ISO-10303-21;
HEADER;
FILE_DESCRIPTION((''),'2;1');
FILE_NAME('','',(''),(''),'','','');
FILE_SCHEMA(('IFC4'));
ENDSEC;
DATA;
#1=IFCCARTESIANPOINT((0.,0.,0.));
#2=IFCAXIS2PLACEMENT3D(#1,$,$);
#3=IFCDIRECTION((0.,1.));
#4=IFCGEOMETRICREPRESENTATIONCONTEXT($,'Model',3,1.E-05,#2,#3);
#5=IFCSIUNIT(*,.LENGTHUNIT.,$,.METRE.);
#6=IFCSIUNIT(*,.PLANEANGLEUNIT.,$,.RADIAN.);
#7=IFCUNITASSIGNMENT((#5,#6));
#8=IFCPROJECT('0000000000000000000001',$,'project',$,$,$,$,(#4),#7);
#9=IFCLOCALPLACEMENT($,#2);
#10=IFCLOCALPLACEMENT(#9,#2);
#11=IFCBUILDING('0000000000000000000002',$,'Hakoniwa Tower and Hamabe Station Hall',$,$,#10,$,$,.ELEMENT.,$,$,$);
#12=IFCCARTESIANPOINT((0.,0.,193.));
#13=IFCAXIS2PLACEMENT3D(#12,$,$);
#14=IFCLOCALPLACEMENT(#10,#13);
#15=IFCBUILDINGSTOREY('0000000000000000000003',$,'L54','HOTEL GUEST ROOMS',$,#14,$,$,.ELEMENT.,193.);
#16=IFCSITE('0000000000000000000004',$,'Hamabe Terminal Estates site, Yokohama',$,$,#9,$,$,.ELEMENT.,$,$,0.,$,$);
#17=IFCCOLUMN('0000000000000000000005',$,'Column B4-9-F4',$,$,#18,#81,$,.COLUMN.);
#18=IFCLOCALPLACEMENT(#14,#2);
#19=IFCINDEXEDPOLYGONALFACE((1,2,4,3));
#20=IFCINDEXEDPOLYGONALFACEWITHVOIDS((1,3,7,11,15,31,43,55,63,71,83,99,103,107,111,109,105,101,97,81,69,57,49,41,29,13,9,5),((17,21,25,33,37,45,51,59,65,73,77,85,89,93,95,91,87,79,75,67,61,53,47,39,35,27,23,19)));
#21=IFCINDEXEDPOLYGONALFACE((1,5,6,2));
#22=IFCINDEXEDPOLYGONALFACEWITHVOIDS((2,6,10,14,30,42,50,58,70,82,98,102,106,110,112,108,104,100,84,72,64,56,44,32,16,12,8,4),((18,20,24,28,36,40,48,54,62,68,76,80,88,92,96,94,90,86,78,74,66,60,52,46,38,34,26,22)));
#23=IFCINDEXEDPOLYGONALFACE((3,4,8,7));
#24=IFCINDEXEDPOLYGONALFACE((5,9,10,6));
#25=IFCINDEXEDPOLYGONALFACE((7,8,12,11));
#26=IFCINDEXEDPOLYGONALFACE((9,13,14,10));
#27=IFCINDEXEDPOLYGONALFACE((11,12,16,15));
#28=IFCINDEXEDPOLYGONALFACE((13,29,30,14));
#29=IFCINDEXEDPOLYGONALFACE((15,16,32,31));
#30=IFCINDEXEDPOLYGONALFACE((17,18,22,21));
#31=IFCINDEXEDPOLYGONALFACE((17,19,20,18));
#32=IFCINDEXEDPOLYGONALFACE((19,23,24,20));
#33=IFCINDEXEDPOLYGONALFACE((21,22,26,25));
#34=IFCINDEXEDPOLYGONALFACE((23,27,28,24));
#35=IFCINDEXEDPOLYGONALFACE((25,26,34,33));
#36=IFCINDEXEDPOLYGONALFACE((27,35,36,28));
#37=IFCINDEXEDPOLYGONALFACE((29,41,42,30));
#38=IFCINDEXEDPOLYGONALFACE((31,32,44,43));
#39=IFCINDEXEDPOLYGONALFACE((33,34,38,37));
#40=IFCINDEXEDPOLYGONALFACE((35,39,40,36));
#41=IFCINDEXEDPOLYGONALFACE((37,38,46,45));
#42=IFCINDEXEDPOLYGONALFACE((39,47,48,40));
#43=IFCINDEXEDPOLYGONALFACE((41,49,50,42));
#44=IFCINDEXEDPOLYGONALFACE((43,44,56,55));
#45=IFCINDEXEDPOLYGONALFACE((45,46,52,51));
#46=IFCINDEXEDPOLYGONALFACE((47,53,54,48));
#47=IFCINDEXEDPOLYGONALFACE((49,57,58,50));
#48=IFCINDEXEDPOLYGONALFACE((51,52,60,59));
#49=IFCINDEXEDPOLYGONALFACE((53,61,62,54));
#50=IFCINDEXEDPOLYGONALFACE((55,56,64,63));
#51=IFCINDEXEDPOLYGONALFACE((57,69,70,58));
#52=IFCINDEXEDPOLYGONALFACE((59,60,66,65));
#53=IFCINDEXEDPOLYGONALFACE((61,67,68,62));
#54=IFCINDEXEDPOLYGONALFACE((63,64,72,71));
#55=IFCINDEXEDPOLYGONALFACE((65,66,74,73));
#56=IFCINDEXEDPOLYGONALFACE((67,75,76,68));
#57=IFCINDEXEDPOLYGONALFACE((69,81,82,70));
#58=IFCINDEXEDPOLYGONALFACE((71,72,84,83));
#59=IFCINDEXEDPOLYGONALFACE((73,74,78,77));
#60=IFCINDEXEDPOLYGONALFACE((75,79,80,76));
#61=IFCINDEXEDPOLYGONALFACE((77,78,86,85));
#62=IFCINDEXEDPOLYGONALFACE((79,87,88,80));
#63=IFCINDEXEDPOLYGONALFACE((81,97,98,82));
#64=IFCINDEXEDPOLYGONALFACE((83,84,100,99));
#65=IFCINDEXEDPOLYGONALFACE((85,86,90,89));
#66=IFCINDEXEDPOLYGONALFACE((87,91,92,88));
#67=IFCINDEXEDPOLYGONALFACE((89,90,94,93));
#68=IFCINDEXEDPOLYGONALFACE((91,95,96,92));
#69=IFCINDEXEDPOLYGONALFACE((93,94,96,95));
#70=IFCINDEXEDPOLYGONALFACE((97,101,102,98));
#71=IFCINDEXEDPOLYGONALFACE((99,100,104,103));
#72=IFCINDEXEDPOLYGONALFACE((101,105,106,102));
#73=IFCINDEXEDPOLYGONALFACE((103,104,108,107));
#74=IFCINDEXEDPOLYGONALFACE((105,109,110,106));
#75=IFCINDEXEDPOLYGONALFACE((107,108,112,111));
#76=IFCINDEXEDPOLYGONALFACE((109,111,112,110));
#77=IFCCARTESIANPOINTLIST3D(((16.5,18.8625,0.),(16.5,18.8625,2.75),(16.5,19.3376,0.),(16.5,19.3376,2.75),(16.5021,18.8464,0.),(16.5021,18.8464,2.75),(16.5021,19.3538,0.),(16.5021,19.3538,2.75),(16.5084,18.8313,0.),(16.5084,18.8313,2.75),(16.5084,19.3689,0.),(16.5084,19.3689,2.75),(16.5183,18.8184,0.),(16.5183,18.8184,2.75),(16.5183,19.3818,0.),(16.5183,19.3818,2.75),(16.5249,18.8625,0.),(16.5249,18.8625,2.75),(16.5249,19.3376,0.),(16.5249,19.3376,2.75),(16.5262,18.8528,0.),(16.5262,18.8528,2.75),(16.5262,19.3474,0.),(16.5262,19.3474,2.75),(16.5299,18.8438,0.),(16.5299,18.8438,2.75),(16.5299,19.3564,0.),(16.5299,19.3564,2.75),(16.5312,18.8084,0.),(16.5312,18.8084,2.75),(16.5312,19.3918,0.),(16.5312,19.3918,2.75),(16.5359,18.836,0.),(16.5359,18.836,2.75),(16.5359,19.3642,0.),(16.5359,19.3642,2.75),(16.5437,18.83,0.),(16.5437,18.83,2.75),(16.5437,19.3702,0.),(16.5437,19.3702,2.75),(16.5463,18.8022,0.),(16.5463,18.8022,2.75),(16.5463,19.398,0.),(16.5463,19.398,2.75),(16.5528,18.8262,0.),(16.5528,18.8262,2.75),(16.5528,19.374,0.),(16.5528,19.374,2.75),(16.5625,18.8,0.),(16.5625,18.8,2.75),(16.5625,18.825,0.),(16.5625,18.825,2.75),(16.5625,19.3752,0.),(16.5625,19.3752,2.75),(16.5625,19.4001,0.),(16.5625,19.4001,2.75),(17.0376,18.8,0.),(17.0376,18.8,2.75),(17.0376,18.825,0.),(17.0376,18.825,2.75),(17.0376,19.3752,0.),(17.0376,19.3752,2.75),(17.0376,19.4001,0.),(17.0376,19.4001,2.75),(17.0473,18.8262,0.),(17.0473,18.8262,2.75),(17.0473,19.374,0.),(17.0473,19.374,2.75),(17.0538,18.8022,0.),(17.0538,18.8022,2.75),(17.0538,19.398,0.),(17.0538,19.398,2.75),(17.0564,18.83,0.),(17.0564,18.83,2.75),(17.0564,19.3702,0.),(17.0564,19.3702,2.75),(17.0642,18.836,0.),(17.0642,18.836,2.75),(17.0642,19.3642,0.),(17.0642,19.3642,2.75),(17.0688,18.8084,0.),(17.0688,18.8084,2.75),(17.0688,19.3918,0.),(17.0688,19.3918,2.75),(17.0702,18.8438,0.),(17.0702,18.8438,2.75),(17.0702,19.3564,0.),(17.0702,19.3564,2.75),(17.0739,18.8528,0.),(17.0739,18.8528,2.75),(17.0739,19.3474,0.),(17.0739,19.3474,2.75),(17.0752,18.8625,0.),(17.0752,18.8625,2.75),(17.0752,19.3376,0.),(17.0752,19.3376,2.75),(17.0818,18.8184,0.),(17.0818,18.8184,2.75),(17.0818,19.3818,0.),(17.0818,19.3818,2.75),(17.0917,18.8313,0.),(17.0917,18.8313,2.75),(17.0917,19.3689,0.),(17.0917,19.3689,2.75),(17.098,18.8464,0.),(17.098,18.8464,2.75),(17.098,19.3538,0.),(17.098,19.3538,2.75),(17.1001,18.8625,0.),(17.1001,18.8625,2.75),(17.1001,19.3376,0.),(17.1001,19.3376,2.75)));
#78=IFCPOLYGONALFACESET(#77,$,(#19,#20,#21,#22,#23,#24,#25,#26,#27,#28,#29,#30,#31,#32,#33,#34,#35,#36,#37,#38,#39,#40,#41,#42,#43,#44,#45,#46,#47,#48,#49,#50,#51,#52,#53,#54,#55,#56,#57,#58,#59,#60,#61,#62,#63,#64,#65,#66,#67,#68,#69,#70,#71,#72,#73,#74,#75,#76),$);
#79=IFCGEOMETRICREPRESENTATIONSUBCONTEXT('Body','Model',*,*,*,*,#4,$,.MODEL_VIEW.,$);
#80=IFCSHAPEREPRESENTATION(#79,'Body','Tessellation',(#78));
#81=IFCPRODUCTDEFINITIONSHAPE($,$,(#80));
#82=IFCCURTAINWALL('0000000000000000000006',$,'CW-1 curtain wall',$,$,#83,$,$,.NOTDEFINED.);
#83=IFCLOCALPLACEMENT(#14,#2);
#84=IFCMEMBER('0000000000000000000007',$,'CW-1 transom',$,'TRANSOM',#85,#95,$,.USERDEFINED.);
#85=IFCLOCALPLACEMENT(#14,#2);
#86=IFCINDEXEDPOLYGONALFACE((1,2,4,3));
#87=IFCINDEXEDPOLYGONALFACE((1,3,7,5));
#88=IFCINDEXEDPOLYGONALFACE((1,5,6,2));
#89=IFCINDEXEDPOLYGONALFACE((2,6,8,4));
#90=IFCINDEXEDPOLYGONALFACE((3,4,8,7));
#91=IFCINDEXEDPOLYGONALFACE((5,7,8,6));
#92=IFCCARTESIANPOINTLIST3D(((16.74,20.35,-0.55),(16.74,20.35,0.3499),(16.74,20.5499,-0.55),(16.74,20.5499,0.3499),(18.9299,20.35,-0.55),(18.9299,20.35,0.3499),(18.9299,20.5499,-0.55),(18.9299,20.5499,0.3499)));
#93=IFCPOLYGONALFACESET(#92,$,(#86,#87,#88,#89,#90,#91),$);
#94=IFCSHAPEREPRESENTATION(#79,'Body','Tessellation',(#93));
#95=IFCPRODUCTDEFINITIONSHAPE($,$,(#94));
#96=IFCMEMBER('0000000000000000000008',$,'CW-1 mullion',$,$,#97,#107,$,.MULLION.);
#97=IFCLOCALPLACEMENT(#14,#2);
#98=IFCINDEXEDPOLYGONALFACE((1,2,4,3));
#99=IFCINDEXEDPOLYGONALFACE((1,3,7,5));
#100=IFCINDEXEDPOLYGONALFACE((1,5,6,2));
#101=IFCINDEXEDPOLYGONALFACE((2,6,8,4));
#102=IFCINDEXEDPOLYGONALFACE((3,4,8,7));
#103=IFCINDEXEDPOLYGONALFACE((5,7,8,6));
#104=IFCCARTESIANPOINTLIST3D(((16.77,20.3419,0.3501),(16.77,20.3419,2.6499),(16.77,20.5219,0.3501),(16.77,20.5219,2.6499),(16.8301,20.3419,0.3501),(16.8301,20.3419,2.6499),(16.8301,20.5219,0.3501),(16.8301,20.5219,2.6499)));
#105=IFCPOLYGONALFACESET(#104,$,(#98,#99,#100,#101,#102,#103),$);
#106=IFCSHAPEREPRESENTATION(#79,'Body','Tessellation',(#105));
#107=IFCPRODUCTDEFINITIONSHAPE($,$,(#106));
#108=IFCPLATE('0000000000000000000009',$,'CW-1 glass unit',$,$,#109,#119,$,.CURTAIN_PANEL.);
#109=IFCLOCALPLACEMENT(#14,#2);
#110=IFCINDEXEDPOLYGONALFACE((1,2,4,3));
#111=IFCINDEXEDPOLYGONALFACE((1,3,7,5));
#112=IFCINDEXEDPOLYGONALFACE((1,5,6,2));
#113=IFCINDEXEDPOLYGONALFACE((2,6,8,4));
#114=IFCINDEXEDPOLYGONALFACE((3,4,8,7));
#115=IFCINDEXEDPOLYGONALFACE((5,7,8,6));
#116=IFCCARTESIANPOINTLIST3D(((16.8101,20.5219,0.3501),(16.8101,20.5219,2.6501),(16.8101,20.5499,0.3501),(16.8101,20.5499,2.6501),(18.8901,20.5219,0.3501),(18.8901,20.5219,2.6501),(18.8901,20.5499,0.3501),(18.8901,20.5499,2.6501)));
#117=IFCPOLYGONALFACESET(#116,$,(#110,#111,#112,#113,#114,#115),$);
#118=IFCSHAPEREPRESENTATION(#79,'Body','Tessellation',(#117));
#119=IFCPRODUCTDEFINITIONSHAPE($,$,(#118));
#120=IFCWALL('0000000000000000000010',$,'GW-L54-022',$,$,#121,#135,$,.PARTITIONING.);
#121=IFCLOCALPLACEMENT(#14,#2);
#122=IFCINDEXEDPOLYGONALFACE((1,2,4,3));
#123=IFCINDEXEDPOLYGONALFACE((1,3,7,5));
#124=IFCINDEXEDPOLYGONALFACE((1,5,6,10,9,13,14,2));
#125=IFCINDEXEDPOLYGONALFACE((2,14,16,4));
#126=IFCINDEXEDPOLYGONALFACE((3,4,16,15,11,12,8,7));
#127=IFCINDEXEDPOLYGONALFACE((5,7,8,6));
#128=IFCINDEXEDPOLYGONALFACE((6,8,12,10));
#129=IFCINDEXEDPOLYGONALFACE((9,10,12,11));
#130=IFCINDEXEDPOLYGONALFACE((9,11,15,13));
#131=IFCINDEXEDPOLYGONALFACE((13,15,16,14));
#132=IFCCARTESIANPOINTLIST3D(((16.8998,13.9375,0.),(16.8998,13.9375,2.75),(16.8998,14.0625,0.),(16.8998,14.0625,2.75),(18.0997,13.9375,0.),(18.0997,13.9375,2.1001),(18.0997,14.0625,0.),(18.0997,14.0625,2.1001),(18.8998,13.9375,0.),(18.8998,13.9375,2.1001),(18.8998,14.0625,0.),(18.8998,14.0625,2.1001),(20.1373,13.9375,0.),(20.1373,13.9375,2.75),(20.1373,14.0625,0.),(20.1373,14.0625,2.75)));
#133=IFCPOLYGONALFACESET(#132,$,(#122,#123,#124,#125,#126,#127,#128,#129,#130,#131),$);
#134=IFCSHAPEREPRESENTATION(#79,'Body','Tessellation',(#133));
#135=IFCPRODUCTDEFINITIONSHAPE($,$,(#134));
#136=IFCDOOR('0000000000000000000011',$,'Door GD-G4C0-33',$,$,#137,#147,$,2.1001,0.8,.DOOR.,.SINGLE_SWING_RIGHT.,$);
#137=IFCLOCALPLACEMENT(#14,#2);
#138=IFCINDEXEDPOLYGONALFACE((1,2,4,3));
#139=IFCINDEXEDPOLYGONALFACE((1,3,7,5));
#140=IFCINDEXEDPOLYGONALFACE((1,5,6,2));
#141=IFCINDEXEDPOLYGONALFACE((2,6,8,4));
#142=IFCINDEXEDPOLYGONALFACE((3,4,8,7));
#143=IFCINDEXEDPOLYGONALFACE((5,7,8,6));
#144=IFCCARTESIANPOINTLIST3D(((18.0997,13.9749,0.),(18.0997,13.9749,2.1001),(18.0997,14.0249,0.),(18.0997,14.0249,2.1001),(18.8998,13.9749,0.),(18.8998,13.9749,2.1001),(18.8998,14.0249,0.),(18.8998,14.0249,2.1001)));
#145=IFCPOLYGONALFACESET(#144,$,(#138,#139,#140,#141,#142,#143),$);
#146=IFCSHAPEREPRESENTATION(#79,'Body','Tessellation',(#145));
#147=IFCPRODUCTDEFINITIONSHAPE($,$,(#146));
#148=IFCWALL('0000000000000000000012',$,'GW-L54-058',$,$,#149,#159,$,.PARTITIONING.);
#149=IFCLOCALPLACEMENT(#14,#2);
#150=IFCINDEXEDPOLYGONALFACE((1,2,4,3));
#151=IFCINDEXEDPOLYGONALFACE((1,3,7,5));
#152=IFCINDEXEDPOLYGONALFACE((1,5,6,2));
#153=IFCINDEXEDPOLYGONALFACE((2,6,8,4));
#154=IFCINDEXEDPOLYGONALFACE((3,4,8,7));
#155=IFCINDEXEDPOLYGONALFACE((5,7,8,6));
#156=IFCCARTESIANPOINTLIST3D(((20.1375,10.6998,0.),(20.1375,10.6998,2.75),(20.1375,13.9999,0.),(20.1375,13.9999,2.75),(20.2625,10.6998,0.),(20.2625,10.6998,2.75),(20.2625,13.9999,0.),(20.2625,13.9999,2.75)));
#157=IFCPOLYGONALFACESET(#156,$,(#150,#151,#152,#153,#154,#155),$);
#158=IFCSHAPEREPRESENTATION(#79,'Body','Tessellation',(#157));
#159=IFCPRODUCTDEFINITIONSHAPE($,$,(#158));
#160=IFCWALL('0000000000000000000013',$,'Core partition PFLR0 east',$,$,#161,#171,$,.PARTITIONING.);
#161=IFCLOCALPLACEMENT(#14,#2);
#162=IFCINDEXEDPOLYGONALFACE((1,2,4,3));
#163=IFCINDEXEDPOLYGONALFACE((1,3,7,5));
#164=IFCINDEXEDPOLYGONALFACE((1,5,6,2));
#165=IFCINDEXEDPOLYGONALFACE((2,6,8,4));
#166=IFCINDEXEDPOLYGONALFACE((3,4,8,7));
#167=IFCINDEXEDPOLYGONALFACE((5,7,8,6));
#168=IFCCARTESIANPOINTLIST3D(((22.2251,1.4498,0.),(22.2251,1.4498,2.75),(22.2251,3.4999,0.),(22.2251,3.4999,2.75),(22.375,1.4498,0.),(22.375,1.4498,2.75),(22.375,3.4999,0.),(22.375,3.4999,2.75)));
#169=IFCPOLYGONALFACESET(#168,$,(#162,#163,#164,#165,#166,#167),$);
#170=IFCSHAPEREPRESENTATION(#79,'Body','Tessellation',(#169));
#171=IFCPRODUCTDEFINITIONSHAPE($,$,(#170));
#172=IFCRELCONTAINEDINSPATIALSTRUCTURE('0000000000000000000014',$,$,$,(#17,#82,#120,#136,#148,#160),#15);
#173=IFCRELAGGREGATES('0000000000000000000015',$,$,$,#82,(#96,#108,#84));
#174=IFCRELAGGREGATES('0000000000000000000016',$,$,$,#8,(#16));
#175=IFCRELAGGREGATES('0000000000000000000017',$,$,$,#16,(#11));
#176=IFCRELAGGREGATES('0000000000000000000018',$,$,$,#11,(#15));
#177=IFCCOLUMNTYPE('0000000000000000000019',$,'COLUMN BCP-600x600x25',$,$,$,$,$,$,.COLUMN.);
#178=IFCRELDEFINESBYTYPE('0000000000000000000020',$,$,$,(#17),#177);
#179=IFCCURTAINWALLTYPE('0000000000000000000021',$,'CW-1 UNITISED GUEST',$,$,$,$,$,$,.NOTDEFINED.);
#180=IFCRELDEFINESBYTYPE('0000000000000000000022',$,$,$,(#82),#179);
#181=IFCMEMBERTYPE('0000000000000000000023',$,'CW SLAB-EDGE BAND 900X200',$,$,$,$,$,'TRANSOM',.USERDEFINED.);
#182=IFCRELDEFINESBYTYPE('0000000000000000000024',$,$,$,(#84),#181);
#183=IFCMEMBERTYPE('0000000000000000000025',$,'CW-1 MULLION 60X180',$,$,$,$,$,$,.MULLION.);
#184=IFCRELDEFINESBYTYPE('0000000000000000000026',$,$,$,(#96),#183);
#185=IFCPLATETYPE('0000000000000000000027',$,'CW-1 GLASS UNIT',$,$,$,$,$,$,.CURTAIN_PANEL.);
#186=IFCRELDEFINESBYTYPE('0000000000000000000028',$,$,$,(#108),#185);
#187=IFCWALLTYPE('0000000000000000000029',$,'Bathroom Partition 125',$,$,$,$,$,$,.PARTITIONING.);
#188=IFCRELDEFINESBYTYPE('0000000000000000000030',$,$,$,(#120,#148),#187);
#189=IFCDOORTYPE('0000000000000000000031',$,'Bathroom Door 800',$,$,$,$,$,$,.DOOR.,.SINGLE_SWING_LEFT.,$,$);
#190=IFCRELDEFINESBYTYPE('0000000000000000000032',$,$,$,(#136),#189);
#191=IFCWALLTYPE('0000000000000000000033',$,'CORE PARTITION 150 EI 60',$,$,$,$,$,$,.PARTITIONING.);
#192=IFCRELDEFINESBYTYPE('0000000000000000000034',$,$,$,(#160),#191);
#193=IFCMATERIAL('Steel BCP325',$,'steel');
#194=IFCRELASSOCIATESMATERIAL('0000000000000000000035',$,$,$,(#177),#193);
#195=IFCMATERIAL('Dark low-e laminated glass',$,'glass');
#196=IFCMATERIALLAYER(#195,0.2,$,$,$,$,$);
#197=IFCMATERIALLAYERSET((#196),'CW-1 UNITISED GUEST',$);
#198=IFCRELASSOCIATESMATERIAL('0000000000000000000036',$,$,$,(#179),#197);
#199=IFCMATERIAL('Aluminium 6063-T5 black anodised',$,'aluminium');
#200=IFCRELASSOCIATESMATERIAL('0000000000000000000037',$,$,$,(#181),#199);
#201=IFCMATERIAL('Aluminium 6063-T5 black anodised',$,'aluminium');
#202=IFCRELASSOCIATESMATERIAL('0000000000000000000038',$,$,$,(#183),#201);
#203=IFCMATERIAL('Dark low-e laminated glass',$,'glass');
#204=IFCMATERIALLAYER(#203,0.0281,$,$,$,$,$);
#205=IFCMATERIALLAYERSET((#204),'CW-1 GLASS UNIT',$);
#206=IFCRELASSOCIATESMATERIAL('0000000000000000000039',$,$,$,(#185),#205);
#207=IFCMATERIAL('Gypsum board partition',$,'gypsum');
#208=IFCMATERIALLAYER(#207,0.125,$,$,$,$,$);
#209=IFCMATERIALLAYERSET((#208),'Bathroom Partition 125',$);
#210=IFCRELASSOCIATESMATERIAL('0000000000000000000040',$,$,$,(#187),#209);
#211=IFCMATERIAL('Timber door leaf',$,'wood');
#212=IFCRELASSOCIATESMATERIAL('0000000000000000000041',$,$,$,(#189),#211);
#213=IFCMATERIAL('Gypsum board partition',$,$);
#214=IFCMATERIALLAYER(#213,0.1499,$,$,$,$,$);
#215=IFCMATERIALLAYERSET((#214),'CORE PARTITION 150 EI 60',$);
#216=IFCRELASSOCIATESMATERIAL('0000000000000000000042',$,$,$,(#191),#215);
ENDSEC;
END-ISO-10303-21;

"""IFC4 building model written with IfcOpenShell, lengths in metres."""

from ifc_helpers import new_model, si_unit, direction, frame, frame_2d, origin, origin_2d, place, context, subcontext, project, spatial, rectangle, hollow_rectangle, extrude, material, layer, layer_set, material_profile, profile_set, type_object, element, fill, aggregate, save


model = new_model("IFC4")

# Units and contexts
model_context = context("Model", 3, precision=1e-05, world=origin(), true_north=direction((0.0, 1.0)))
body_context = subcontext(model_context, "Body", "Model", "MODEL_VIEW")
ifc_project = project(units=[si_unit("LENGTHUNIT", "METRE"), si_unit("PLANEANGLEUNIT", "RADIAN")], contexts=[model_context])

# Site, building, storey
site_placement = place(None, origin())
site = spatial("IfcSite", under=ifc_project, at=site_placement, Name="Hamabe Terminal Estates site, Yokohama", CompositionType="ELEMENT", RefElevation=0.0)
building_placement = place(site_placement, origin())
building = spatial("IfcBuilding", under=site, at=building_placement, Name="Hakoniwa Tower and Hamabe Station Hall", CompositionType="ELEMENT")
storey_placement = place(building_placement, frame((0.0, 0.0, 193.0)))
storey = spatial("IfcBuildingStorey", under=building, at=storey_placement, Name="L54", Description="HOTEL GUEST ROOMS", CompositionType="ELEMENT", Elevation=193.0)

# Column
ifc_material_1 = material(Name="Steel BCP325", Category="steel")
ifc_material_profile_1 = material_profile(ifc_material_1, hollow_rectangle(XDim=0.6001, YDim=0.6001, WallThickness=0.0249, InnerFilletRadius=0.0376, OuterFilletRadius=0.0625, at=origin_2d()), Name="BCP-600x600x25")
ifc_profile_set_1 = profile_set([ifc_material_profile_1], Name="Steel BCP325")
column_type = type_object("IfcColumnType", Name="COLUMN BCP-600x600x25", PredefinedType="COLUMN", material=ifc_profile_set_1)
column_placement = place(storey_placement, frame((16.8, 19.1001, 0.0), z_axis=(0.0, 0.0, 1.0), x_axis=(1.0, 0.0, 0.0)))
element("IfcColumn", 1, at=column_placement, inside=storey, type_object=column_type, Name="Column B4-9-F4", PredefinedType="COLUMN", context=body_context, shape_type="SweptSolid", body=[
    extrude(hollow_rectangle(XDim=0.6001, YDim=0.6001, WallThickness=0.0249, InnerFilletRadius=0.0376, OuterFilletRadius=0.0625, at=origin_2d()), origin(), (0.0, 0.0, 1.0), 2.75),
])

# Curtain wall, members, plate
ifc_material_2 = material(Name="Dark low-e laminated glass", Category="glass")
ifc_layer_1 = layer(ifc_material_2, 0.2)
ifc_layer_set_1 = layer_set([ifc_layer_1], Name="CW-1 UNITISED GUEST")
curtain_wall_type = type_object("IfcCurtainWallType", Name="CW-1 UNITISED GUEST", PredefinedType="NOTDEFINED", material=ifc_layer_set_1)
curtain_wall_placement = place(storey_placement, origin())
curtain_wall = element("IfcCurtainWall", 2, at=curtain_wall_placement, inside=storey, type_object=curtain_wall_type, Name="CW-1 curtain wall", PredefinedType="NOTDEFINED")
ifc_material_3 = material(Name="Aluminium 6063-T5 black anodised", Category="aluminium")
ifc_material_profile_2 = material_profile(ifc_material_3, rectangle(XDim=0.2, YDim=0.8999, at=origin_2d()), Name="CW SLAB-EDGE BAND 900X200")
ifc_profile_set_2 = profile_set([ifc_material_profile_2], Name="Aluminium 6063-T5 black anodised")
member_type_1 = type_object("IfcMemberType", Name="CW SLAB-EDGE BAND 900X200", ElementType="TRANSOM", PredefinedType="USERDEFINED", material=ifc_profile_set_2)
member_1_placement = place(storey_placement, frame((18.9299, 20.45, -0.1001), z_axis=(-1.0, 0.0, 0.0), x_axis=(0.0, -1.0, 0.0)))
member_1 = element("IfcMember", 3, at=member_1_placement, type_object=member_type_1, Name="CW-1 transom", ObjectType="TRANSOM", PredefinedType="USERDEFINED", context=body_context, shape_type="SweptSolid", body=[
    extrude(rectangle(XDim=0.2, YDim=0.8999, at=origin_2d()), origin(), (0.0, 0.0, 1.0), 2.1899),
])
ifc_material_4 = material(Name="Aluminium 6063-T5 black anodised", Category="aluminium")
ifc_material_profile_3 = material_profile(ifc_material_4, rectangle(XDim=0.0601, YDim=0.1799, at=origin_2d()), Name="CW-1 MULLION 60X180")
ifc_profile_set_3 = profile_set([ifc_material_profile_3], Name="Aluminium 6063-T5 black anodised")
member_type_2 = type_object("IfcMemberType", Name="CW-1 MULLION 60X180", PredefinedType="MULLION", material=ifc_profile_set_3)
member_2_placement = place(storey_placement, frame((16.8, 20.4319, 0.3501), z_axis=(0.0, 0.0, 1.0), x_axis=(-1.0, 0.0, 0.0)))
member_2 = element("IfcMember", 4, at=member_2_placement, type_object=member_type_2, Name="CW-1 mullion", PredefinedType="MULLION", context=body_context, shape_type="SweptSolid", body=[
    extrude(rectangle(XDim=0.0601, YDim=0.1799, at=origin_2d()), origin(), (0.0, 0.0, 1.0), 2.2998),
])
ifc_material_5 = material(Name="Dark low-e laminated glass", Category="glass")
ifc_layer_2 = layer(ifc_material_5, 0.0281)
ifc_layer_set_2 = layer_set([ifc_layer_2], Name="CW-1 GLASS UNIT")
plate_type = type_object("IfcPlateType", Name="CW-1 GLASS UNIT", PredefinedType="CURTAIN_PANEL", material=ifc_layer_set_2)
plate_placement = place(storey_placement, frame((17.8501, 20.5359, 0.3501), z_axis=(0.0, 0.0, 1.0), x_axis=(-1.0, 0.0, 0.0)))
plate = element("IfcPlate", 5, at=plate_placement, type_object=plate_type, Name="CW-1 glass unit", PredefinedType="CURTAIN_PANEL", context=body_context, shape_type="SweptSolid", body=[
    extrude(rectangle(XDim=2.0801, YDim=0.0281, at=origin_2d()), origin(), (0.0, 0.0, 1.0), 2.3),
])

# Wall, opening, door
ifc_material_6 = material(Name="Gypsum board partition", Category="gypsum")
ifc_layer_3 = layer(ifc_material_6, 0.125)
ifc_layer_set_3 = layer_set([ifc_layer_3], Name="Bathroom Partition 125")
wall_type_1 = type_object("IfcWallType", Name="Bathroom Partition 125", PredefinedType="PARTITIONING", material=ifc_layer_set_3)
wall_1_placement = place(storey_placement, frame((16.8999, 14.0, 0.0), z_axis=(0.0, 0.0, 1.0), x_axis=(1.0, 0.0, 0.0)))
wall_1 = element("IfcWall", 6, at=wall_1_placement, inside=storey, type_object=wall_type_1, Name="GW-L54-022", PredefinedType="PARTITIONING", context=body_context, shape_type="SweptSolid", body=[
    extrude(rectangle(XDim=3.2375, YDim=0.125, at=frame_2d((1.6187, 0.0))), origin(), (0.0, 0.0, 1.0), 2.75),
])
opening_1_placement = place(wall_1_placement, frame((1.2, 0.0, 0.0)))
opening_1 = element("IfcOpeningElement", 7, at=opening_1_placement, cuts=wall_1, PredefinedType="OPENING", context=body_context, shape_type="SweptSolid", body=[
    extrude(rectangle(XDim=0.8, YDim=2.1001, at=frame_2d((0.3999, 1.05))), frame((0.0, 0.0725, 0.0), z_axis=(0.0, -1.0, 0.0), x_axis=(1.0, 0.0, 0.0)), (0.0, 0.0, 1.0), 0.145),
])
ifc_material_7 = material(Name="Timber door leaf", Category="wood")
door_type_1 = type_object("IfcDoorType", Name="Bathroom Door 800", OperationType="SINGLE_SWING_LEFT", PredefinedType="DOOR", material=ifc_material_7)
door_1_placement = place(opening_1_placement, origin())
door_1 = element("IfcDoor", 8, at=door_1_placement, inside=storey, type_object=door_type_1, Name="Door GD-G4C0-33", OperationType="SINGLE_SWING_RIGHT", OverallHeight=2.1001, OverallWidth=0.8, PredefinedType="DOOR", context=body_context, shape_type="SweptSolid", body=[
    extrude(rectangle(XDim=0.8, YDim=2.1001, at=frame_2d((0.3999, 1.05))), frame((0.0, 0.0249, 0.0), z_axis=(0.0, -1.0, 0.0), x_axis=(1.0, 0.0, 0.0)), (0.0, 0.0, 1.0), 0.05),
])
fill(opening_1, door_1)

# Walls
wall_2_placement = place(storey_placement, frame((20.2, 10.7, 0.0), z_axis=(0.0, 0.0, 1.0), x_axis=(0.0, 1.0, 0.0)))
element("IfcWall", 9, at=wall_2_placement, inside=storey, type_object=wall_type_1, Name="GW-L54-058", PredefinedType="PARTITIONING", context=body_context, shape_type="SweptSolid", body=[
    extrude(rectangle(XDim=3.3, YDim=0.125, at=frame_2d((1.6499, 0.0))), origin(), (0.0, 0.0, 1.0), 2.75),
])
ifc_material_8 = material(Name="Gypsum board partition")
ifc_layer_4 = layer(ifc_material_8, 0.1499)
ifc_layer_set_4 = layer_set([ifc_layer_4], Name="CORE PARTITION 150 EI 60")
wall_type_2 = type_object("IfcWallType", Name="CORE PARTITION 150 EI 60", PredefinedType="PARTITIONING", material=ifc_layer_set_4)
wall_3_placement = place(storey_placement, frame((22.3, 1.45, 0.0), z_axis=(0.0, 0.0, 1.0), x_axis=(0.0, 1.0, 0.0)))
element("IfcWall", 10, at=wall_3_placement, inside=storey, type_object=wall_type_2, Name="Core partition PFLR0 east", PredefinedType="PARTITIONING", context=body_context, shape_type="SweptSolid", body=[
    extrude(rectangle(XDim=2.05, YDim=0.1499, at=frame_2d((1.0249, 0.0))), origin(), (0.0, 0.0, 1.0), 2.75),
])

aggregate(curtain_wall, [member_2, plate, member_1])

save(model, "model.ifc")
